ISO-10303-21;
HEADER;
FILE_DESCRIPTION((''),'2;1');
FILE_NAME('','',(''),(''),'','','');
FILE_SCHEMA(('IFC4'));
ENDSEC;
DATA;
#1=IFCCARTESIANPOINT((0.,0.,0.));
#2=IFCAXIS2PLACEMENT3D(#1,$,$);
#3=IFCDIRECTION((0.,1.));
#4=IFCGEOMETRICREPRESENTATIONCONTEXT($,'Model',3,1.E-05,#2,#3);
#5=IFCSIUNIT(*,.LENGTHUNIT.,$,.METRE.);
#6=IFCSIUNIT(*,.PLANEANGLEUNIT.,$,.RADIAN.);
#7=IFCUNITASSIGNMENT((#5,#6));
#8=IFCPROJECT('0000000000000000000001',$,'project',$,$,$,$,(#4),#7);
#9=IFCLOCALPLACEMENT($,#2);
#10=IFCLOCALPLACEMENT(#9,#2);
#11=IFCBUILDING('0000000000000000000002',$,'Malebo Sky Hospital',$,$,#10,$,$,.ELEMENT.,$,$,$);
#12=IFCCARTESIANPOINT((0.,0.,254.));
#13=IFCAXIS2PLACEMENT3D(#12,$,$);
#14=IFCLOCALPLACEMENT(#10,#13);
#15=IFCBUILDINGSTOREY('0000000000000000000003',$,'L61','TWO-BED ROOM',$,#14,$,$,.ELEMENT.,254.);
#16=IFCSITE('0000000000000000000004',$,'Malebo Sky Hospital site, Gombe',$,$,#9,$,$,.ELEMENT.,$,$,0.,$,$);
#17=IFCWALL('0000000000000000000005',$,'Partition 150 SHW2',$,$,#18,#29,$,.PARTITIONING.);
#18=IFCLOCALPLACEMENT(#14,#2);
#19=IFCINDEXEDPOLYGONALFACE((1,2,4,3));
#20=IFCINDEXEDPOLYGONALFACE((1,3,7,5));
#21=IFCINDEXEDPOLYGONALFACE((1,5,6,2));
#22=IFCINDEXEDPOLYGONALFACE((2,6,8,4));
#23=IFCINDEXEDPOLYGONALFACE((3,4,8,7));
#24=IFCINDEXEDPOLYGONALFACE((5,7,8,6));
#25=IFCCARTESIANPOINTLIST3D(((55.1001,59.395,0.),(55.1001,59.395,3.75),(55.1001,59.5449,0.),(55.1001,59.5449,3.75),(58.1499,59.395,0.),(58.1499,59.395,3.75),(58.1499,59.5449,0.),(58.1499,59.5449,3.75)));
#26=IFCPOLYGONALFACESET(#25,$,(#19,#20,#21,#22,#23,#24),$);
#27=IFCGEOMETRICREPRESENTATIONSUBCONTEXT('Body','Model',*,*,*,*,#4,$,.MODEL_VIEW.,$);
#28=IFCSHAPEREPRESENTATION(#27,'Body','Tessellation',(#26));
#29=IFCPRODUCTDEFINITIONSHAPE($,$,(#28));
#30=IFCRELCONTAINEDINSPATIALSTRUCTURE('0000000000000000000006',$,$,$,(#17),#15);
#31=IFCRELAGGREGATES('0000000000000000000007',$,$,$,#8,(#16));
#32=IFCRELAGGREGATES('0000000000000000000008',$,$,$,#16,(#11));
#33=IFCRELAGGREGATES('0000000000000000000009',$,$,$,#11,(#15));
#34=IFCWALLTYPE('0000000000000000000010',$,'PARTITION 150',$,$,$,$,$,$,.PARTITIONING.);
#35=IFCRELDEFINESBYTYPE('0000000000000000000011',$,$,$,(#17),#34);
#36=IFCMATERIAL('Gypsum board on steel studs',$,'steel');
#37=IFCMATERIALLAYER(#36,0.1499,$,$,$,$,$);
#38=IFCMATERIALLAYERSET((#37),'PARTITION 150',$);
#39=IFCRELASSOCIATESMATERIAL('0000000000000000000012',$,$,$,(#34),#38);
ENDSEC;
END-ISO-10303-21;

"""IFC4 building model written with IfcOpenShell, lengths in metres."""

from ifc_helpers import new_model, si_unit, direction, frame, frame_2d, origin, place, context, subcontext, project, spatial, rectangle, extrude, material, layer, layer_set, type_object, element, save


model = new_model("IFC4")

# Units and contexts
model_context = context("Model", 3, precision=1e-05, world=origin(), true_north=direction((0.0, 1.0)))
body_context = subcontext(model_context, "Body", "Model", "MODEL_VIEW")
ifc_project = project(units=[si_unit("LENGTHUNIT", "METRE"), si_unit("PLANEANGLEUNIT", "RADIAN")], contexts=[model_context])

# Site, building, storey
site_placement = place(None, origin())
site = spatial("IfcSite", under=ifc_project, at=site_placement, Name="Malebo Sky Hospital site, Gombe", CompositionType="ELEMENT", RefElevation=0.0)
building_placement = place(site_placement, origin())
building = spatial("IfcBuilding", under=site, at=building_placement, Name="Malebo Sky Hospital", CompositionType="ELEMENT")
storey_placement = place(building_placement, frame((0.0, 0.0, 254.0)))
storey = spatial("IfcBuildingStorey", under=building, at=storey_placement, Name="L61", Description="TWO-BED ROOM", CompositionType="ELEMENT", Elevation=254.0)

# Shared definitions
ifc_material_1 = material(Name="Gypsum board on steel studs", Category="steel")

# Wall
ifc_layer_1 = layer(ifc_material_1, 0.1499)
ifc_layer_set_1 = layer_set([ifc_layer_1], Name="PARTITION 150")
wall_type_1 = type_object("IfcWallType", Name="PARTITION 150", PredefinedType="PARTITIONING", material=ifc_layer_set_1)
for number, where, z_axis, x_axis, name in (
    (1, (55.1001, 59.47, 0.0), (0.0, 0.0, 1.0), (1.0, 0.0, 0.0), "Partition 150 SHW2"),
):
    element("IfcWall", number, at=place(storey_placement, frame(where, z_axis=z_axis, x_axis=x_axis)), inside=storey, type_object=wall_type_1, Name=name, PredefinedType="PARTITIONING", context=body_context, shape_type="SweptSolid", body=[
        extrude(rectangle(XDim=3.0498, YDim=0.1499, at=frame_2d((1.5249, 0.0))), origin(), (0.0, 0.0, 1.0), 3.75),
    ])

save(model, "model.ifc")
